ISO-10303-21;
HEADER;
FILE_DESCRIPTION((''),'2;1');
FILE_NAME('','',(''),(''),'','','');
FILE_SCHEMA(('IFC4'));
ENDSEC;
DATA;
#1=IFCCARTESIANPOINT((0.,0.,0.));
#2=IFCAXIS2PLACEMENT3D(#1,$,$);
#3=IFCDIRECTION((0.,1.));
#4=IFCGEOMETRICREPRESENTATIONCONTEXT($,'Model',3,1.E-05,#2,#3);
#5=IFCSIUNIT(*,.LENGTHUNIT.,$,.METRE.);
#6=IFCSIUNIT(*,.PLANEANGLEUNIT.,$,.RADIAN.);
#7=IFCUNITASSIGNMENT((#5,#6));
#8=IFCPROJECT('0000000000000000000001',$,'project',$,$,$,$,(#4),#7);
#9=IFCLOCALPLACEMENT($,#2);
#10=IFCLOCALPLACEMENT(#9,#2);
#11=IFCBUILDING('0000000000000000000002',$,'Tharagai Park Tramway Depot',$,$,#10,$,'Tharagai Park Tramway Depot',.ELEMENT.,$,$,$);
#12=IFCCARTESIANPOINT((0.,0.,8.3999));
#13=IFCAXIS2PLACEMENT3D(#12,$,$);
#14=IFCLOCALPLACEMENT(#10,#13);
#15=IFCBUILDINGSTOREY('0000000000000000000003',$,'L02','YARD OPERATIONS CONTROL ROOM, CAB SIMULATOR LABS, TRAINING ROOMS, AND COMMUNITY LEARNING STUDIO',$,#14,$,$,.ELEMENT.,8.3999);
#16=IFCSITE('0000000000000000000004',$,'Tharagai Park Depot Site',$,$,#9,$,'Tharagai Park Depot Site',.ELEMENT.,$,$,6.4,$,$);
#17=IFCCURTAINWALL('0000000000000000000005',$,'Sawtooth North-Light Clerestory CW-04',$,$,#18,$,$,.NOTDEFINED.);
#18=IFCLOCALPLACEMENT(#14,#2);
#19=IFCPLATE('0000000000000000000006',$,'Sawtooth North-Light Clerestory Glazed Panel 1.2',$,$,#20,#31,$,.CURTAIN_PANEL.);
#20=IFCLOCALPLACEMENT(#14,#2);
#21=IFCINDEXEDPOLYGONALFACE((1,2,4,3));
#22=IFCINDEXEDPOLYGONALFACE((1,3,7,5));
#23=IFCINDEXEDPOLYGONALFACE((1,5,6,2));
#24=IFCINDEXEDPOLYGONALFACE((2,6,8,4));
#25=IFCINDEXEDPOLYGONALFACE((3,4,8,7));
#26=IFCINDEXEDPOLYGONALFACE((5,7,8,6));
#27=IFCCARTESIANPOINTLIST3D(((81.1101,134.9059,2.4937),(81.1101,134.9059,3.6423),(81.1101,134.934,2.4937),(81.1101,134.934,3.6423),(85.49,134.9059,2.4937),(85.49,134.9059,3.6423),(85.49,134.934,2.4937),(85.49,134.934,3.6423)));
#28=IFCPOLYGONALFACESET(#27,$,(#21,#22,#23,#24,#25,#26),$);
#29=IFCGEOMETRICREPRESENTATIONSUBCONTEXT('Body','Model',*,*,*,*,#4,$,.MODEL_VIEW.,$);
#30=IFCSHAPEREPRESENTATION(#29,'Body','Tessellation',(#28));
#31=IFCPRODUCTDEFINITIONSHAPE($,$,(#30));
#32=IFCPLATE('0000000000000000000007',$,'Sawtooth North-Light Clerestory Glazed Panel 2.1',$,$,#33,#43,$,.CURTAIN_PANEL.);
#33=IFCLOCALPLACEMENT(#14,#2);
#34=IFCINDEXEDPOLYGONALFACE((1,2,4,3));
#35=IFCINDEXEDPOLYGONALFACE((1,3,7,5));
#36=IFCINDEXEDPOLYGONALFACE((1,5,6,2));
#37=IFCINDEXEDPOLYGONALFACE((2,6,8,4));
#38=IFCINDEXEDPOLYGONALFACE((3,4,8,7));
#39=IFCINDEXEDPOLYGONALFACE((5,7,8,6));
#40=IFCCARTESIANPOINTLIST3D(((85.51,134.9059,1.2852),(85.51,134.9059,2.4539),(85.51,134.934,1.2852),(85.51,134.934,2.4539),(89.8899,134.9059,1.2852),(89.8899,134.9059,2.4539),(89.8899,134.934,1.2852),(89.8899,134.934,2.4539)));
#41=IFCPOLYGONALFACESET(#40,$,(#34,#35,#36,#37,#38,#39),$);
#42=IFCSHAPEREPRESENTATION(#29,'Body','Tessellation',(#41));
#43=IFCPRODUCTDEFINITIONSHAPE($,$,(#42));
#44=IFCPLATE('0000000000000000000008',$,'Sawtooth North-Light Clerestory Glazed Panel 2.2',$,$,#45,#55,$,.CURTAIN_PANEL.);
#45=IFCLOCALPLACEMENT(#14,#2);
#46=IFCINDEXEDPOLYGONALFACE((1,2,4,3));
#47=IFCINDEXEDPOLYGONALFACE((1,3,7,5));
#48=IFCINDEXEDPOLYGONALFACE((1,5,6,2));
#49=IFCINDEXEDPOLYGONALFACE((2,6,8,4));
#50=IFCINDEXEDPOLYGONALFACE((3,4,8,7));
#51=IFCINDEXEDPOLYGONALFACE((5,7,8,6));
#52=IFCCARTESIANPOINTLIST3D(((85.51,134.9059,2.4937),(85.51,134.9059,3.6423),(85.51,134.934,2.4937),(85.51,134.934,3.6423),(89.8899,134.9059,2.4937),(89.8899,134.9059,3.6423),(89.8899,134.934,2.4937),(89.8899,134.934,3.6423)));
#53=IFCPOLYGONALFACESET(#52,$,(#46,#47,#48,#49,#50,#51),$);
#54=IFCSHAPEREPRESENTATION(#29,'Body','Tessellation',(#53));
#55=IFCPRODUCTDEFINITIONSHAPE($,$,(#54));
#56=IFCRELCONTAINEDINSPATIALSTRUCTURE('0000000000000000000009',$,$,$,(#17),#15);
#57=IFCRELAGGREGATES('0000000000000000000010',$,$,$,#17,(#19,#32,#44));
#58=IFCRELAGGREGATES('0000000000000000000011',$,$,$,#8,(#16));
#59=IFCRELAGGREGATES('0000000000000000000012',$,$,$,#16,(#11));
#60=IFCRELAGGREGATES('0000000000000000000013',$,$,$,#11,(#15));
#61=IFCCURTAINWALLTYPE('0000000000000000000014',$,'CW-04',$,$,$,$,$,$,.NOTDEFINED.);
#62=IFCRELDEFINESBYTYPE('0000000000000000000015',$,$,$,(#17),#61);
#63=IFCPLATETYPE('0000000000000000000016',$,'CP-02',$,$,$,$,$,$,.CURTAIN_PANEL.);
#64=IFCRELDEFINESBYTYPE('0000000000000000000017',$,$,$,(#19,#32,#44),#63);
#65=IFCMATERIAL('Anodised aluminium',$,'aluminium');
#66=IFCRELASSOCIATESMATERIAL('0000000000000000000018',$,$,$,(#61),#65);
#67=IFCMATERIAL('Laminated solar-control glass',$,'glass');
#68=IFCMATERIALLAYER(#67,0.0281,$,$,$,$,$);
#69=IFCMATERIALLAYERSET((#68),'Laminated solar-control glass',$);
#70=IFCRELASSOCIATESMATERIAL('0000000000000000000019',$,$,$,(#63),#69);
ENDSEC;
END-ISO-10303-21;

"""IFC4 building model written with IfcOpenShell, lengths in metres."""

from ifc_helpers import new_model, si_unit, direction, frame, origin, origin_2d, place, context, subcontext, project, spatial, rectangle, extrude, material, layer, layer_set, type_object, element, aggregate, save


model = new_model("IFC4")

# Units and contexts
model_context = context("Model", 3, precision=1e-05, world=origin(), true_north=direction((0.0, 1.0)))
body_context = subcontext(model_context, "Body", "Model", "MODEL_VIEW")
ifc_project = project(units=[si_unit("LENGTHUNIT", "METRE"), si_unit("PLANEANGLEUNIT", "RADIAN")], contexts=[model_context])

# Site, building, storey
site_placement = place(None, origin())
site = spatial("IfcSite", under=ifc_project, at=site_placement, Name="Tharagai Park Depot Site", LongName="Tharagai Park Depot Site", CompositionType="ELEMENT", RefElevation=6.4)
building_placement = place(site_placement, origin())
building = spatial("IfcBuilding", under=site, at=building_placement, Name="Tharagai Park Tramway Depot", LongName="Tharagai Park Tramway Depot", CompositionType="ELEMENT")
storey_placement = place(building_placement, frame((0.0, 0.0, 8.3999)))
storey = spatial("IfcBuildingStorey", under=building, at=storey_placement, Name="L02", Description="YARD OPERATIONS CONTROL ROOM, CAB SIMULATOR LABS, TRAINING ROOMS, AND COMMUNITY LEARNING STUDIO", CompositionType="ELEMENT", Elevation=8.3999)

# Curtain wall
ifc_material_1 = material(Name="Anodised aluminium", Category="aluminium")
curtain_wall_type_1 = type_object("IfcCurtainWallType", Name="CW-04", PredefinedType="NOTDEFINED", material=ifc_material_1)
curtain_wall_1_placement = place(storey_placement, origin())
curtain_wall_1 = element("IfcCurtainWall", 1, at=curtain_wall_1_placement, inside=storey, type_object=curtain_wall_type_1, Name="Sawtooth North-Light Clerestory CW-04", PredefinedType="NOTDEFINED")

# Plates
ifc_material_2 = material(Name="Laminated solar-control glass", Category="glass")
ifc_layer = layer(ifc_material_2, 0.0281)
ifc_layer_set = layer_set([ifc_layer], Name="Laminated solar-control glass")
plate_type = type_object("IfcPlateType", Name="CP-02", PredefinedType="CURTAIN_PANEL", material=ifc_layer_set)
plate_1_placement = place(storey_placement, frame((83.3, 134.9199, 2.4937), z_axis=(0.0, 0.0, 1.0), x_axis=(1.0, 0.0, 0.0)))
plate_1 = element("IfcPlate", 2, at=plate_1_placement, type_object=plate_type, Name="Sawtooth North-Light Clerestory Glazed Panel 1.2", PredefinedType="CURTAIN_PANEL", context=body_context, shape_type="SweptSolid", body=[
    extrude(rectangle(XDim=4.3799, YDim=0.0281, at=origin_2d()), origin(), (0.0, 0.0, 1.0), 1.1487),
])
plate_2_placement = place(storey_placement, frame((87.7, 134.9199, 1.2852), z_axis=(0.0, 0.0, 1.0), x_axis=(1.0, 0.0, 0.0)))
plate_2 = element("IfcPlate", 3, at=plate_2_placement, type_object=plate_type, Name="Sawtooth North-Light Clerestory Glazed Panel 2.1", PredefinedType="CURTAIN_PANEL", context=body_context, shape_type="SweptSolid", body=[
    extrude(rectangle(XDim=4.3799, YDim=0.0281, at=origin_2d()), origin(), (0.0, 0.0, 1.0), 1.1687),
])
plate_3_placement = place(storey_placement, frame((87.7, 134.9199, 2.4937), z_axis=(0.0, 0.0, 1.0), x_axis=(1.0, 0.0, 0.0)))
plate_3 = element("IfcPlate", 4, at=plate_3_placement, type_object=plate_type, Name="Sawtooth North-Light Clerestory Glazed Panel 2.2", PredefinedType="CURTAIN_PANEL", context=body_context, shape_type="SweptSolid", body=[
    extrude(rectangle(XDim=4.3799, YDim=0.0281, at=origin_2d()), origin(), (0.0, 0.0, 1.0), 1.1487),
])
aggregate(curtain_wall_1, [plate_1, plate_2, plate_3])

save(model, "model.ifc")
